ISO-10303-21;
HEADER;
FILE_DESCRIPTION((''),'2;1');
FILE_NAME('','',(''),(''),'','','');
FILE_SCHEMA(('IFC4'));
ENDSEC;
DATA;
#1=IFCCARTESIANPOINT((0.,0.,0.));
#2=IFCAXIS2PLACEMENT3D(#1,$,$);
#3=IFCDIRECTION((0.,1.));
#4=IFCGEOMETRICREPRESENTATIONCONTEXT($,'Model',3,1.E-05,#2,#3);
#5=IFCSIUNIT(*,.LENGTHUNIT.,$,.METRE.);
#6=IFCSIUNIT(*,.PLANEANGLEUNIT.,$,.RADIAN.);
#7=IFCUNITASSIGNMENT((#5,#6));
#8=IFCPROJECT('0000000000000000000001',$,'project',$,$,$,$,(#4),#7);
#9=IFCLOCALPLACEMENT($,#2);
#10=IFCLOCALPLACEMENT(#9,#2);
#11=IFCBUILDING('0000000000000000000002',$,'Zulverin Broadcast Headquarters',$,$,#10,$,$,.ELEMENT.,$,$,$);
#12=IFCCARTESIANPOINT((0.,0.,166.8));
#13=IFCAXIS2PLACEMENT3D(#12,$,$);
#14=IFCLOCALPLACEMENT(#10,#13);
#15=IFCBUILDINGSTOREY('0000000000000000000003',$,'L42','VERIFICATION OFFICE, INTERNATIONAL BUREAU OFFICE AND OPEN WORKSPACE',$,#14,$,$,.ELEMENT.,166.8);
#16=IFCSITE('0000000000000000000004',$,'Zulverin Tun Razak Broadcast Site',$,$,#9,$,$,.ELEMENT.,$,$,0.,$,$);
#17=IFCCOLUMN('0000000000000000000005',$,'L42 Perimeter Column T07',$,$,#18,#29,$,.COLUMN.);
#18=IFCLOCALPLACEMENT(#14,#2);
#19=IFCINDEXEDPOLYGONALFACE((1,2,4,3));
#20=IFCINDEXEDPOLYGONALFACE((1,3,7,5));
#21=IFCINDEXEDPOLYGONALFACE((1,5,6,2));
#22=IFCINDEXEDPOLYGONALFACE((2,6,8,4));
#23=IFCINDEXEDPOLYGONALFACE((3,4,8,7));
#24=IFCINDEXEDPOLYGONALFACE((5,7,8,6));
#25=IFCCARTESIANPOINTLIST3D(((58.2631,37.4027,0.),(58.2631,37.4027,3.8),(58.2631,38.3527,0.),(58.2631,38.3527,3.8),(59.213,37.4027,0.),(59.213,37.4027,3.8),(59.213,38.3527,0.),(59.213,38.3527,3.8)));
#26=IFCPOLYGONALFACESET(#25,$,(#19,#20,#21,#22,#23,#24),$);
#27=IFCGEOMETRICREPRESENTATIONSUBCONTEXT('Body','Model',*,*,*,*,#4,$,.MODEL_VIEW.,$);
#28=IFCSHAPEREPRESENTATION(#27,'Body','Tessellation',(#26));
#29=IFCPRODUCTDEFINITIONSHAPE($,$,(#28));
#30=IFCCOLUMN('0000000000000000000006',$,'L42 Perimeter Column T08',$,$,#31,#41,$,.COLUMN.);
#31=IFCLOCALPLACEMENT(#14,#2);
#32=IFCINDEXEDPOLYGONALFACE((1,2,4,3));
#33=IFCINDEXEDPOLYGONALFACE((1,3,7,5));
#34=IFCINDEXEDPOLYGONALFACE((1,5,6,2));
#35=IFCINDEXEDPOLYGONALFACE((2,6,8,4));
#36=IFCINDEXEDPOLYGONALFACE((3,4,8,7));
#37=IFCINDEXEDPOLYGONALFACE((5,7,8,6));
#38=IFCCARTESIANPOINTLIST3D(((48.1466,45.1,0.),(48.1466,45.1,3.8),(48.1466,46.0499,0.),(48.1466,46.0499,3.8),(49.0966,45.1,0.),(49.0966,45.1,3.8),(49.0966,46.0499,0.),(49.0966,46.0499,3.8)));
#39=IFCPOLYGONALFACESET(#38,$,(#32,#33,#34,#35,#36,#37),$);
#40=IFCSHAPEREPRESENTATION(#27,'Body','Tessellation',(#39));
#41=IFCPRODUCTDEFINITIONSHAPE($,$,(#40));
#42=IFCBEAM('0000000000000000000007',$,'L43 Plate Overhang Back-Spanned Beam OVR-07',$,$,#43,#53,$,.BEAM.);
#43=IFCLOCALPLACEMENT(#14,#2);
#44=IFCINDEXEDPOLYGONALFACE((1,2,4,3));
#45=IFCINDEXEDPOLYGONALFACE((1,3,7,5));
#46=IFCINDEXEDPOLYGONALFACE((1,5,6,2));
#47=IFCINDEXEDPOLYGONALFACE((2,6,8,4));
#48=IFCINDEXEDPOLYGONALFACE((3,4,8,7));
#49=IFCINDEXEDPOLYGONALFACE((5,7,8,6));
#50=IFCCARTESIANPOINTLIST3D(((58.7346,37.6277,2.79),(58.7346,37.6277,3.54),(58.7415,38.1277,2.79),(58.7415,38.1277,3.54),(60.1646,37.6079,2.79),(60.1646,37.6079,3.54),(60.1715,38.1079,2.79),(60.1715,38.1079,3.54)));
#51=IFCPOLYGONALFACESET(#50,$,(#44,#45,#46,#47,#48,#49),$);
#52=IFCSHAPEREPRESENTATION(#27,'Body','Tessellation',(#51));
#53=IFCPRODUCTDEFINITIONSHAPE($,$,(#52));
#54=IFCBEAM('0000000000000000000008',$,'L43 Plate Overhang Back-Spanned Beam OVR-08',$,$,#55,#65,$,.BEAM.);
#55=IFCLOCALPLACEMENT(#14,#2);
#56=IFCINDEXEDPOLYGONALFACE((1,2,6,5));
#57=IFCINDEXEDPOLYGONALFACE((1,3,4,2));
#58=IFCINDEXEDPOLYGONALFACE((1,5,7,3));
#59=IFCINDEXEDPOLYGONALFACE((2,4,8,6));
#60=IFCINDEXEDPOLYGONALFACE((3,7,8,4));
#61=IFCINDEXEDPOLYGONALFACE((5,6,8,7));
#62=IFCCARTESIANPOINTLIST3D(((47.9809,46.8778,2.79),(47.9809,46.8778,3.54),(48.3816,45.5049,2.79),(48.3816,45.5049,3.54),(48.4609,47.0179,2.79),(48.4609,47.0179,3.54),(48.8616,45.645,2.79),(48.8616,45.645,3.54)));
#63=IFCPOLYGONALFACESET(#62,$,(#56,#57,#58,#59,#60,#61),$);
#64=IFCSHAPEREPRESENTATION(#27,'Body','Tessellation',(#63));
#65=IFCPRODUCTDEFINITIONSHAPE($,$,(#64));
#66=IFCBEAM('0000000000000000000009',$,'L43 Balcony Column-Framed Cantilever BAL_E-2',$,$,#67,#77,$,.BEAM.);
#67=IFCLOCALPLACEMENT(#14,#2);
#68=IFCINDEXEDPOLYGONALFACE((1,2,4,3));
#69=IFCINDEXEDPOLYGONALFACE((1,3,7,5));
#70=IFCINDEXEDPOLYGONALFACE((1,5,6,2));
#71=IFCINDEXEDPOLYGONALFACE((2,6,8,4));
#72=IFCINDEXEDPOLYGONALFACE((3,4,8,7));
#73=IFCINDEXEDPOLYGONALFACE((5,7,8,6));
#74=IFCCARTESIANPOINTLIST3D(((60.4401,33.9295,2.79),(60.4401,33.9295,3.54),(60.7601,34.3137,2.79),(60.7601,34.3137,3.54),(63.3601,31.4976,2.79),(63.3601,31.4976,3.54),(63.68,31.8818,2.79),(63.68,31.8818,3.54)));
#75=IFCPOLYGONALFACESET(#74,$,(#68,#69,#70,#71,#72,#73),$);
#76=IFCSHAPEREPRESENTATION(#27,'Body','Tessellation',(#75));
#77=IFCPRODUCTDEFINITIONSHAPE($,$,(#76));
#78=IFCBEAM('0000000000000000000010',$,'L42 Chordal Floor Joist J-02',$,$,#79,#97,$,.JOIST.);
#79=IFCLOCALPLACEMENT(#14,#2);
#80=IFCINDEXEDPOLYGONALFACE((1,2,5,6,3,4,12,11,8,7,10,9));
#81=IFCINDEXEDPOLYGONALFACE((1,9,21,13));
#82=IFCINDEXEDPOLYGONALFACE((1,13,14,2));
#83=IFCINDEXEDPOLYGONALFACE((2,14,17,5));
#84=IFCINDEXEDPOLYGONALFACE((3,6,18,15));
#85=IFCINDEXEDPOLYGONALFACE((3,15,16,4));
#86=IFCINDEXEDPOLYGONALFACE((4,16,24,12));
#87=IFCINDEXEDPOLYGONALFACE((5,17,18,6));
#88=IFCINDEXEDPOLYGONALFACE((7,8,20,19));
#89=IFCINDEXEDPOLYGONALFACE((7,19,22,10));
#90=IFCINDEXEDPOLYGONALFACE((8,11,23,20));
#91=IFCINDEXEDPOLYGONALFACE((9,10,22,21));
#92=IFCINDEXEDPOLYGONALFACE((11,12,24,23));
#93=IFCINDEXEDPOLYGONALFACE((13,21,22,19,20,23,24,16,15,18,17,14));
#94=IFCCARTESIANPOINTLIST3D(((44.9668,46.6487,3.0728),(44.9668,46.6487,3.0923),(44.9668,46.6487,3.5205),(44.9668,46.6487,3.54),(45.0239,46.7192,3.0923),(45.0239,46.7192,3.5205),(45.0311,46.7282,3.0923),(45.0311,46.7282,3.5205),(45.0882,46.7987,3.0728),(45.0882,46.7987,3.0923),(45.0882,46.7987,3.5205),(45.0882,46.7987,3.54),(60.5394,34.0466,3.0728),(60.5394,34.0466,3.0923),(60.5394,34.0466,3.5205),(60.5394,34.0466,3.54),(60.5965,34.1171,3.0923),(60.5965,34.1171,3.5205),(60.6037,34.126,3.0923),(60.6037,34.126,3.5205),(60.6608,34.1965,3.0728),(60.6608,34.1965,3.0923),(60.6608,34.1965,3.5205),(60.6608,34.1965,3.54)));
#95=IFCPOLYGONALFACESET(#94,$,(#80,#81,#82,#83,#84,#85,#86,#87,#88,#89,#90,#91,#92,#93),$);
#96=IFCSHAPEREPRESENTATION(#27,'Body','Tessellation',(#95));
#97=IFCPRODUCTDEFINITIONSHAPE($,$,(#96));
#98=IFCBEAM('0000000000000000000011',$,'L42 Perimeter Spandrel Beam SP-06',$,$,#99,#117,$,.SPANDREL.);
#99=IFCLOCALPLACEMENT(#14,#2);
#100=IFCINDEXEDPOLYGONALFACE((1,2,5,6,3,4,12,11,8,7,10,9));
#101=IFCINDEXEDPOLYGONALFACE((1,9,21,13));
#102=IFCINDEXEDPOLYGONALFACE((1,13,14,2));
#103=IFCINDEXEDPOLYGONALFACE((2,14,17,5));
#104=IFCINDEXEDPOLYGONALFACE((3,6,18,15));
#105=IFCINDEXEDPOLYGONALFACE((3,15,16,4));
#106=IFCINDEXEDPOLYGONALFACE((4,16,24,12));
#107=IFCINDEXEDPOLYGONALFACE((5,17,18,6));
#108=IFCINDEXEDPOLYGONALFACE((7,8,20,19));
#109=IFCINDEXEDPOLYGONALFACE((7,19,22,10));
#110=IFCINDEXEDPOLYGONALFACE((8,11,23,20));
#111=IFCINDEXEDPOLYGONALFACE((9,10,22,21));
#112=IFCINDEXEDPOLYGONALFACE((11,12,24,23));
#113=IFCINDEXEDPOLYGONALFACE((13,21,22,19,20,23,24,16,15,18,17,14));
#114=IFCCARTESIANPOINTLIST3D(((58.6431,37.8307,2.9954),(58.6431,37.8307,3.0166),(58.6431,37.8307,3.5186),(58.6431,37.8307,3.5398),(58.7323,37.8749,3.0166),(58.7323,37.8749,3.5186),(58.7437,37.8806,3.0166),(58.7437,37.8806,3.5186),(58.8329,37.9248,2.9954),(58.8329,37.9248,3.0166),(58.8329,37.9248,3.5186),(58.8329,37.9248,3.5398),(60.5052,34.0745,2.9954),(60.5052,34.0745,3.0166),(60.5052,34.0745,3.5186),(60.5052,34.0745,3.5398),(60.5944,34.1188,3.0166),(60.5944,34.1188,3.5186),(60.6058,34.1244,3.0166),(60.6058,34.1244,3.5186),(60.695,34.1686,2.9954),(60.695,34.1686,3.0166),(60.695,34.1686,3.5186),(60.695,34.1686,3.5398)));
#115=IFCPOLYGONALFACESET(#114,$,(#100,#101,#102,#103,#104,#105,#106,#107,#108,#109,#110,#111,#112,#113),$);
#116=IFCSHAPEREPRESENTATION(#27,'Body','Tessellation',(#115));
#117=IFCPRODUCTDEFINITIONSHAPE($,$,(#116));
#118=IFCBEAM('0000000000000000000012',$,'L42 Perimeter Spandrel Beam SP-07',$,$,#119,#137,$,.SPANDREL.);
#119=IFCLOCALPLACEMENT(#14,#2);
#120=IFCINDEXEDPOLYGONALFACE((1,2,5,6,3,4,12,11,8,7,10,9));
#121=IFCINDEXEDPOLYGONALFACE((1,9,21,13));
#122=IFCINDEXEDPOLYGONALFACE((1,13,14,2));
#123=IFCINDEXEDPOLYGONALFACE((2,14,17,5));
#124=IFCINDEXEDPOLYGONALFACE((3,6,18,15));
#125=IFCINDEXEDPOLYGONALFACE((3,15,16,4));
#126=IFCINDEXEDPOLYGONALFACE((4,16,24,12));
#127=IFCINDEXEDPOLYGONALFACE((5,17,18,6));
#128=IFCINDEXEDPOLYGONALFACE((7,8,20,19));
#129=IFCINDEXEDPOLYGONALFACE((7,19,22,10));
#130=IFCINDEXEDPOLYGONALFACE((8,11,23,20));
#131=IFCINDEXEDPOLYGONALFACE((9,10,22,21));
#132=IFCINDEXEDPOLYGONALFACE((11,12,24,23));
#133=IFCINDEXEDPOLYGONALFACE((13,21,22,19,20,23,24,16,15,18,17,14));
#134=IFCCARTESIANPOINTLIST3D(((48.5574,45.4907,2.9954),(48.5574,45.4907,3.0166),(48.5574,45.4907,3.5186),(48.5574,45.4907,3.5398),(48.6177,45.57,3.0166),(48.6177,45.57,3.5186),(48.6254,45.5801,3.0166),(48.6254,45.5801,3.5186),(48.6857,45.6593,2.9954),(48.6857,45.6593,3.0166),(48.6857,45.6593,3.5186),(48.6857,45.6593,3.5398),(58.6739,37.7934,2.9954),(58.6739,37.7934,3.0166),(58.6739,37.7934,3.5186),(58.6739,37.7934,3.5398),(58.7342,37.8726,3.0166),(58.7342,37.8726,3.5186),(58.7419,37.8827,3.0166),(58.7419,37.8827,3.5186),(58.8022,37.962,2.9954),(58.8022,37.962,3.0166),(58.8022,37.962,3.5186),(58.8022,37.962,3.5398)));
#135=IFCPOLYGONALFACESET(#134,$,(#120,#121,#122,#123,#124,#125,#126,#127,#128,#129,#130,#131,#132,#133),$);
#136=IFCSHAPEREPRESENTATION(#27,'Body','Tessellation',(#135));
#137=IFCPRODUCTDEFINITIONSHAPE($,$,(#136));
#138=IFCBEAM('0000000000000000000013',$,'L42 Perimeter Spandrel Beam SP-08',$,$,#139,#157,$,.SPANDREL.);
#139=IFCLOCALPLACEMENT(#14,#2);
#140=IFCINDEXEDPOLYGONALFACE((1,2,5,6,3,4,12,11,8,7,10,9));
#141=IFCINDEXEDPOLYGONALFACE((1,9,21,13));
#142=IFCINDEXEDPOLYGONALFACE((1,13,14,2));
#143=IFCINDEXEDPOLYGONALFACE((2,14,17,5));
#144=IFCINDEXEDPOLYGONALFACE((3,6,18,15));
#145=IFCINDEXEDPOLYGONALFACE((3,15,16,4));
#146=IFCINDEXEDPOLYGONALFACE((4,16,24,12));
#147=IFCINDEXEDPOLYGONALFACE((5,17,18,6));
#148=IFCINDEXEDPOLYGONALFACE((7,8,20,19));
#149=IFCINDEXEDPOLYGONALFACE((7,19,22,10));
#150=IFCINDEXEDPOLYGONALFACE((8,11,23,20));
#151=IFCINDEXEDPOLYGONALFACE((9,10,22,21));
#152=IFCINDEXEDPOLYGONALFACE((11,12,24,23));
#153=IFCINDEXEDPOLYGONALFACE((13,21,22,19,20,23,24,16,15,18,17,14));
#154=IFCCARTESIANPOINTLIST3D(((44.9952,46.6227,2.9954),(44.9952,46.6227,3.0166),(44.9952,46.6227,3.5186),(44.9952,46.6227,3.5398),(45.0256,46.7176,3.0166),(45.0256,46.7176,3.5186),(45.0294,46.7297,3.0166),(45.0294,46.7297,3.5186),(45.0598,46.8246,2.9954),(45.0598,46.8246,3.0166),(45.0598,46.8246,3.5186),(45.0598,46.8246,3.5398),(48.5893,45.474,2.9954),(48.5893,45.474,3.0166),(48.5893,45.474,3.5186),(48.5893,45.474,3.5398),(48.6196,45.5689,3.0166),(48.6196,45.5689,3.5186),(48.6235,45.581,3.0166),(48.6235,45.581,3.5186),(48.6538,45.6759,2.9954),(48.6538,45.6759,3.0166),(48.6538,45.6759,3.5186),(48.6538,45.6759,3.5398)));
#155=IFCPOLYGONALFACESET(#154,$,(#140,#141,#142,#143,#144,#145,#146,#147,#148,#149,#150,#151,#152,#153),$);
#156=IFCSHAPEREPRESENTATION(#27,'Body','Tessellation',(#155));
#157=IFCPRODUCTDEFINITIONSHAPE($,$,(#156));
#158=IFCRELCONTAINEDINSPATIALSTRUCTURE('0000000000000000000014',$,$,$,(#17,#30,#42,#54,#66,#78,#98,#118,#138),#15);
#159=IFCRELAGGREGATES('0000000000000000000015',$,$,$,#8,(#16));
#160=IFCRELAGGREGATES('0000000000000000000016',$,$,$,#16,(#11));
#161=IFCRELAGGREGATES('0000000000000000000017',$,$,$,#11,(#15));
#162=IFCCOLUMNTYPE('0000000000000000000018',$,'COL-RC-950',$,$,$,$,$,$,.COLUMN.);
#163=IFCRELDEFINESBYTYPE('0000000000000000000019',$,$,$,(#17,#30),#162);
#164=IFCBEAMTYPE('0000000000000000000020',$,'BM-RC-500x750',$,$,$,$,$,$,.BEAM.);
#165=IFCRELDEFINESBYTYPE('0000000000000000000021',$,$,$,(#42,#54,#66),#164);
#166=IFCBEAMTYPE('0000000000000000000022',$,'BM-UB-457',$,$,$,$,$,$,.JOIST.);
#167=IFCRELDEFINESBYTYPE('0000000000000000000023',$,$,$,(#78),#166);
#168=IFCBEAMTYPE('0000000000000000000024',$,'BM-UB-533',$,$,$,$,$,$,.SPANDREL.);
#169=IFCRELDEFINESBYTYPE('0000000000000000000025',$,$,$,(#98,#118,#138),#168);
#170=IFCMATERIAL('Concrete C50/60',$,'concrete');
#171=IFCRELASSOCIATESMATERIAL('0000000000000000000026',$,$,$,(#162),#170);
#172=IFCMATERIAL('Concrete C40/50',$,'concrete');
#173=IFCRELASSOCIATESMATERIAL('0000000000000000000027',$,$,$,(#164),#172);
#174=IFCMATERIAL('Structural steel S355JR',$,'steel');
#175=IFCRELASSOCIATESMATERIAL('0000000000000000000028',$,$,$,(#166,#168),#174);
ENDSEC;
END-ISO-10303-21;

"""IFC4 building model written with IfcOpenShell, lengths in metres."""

from ifc_helpers import new_model, si_unit, direction, frame, origin, origin_2d, place, context, subcontext, project, spatial, rectangle, i_section, extrude, material, material_profile, profile_set, type_object, element, save


model = new_model("IFC4")

# Units and contexts
model_context = context("Model", 3, precision=1e-05, world=origin(), true_north=direction((0.0, 1.0)))
body_context = subcontext(model_context, "Body", "Model", "MODEL_VIEW")
ifc_project = project(units=[si_unit("LENGTHUNIT", "METRE"), si_unit("PLANEANGLEUNIT", "RADIAN")], contexts=[model_context])

# Site, building, storey
site_placement = place(None, origin())
site = spatial("IfcSite", under=ifc_project, at=site_placement, Name="Zulverin Tun Razak Broadcast Site", CompositionType="ELEMENT", RefElevation=0.0)
building_placement = place(site_placement, origin())
building = spatial("IfcBuilding", under=site, at=building_placement, Name="Zulverin Broadcast Headquarters", CompositionType="ELEMENT")
storey_placement = place(building_placement, frame((0.0, 0.0, 166.8)))
storey = spatial("IfcBuildingStorey", under=building, at=storey_placement, Name="L42", Description="VERIFICATION OFFICE, INTERNATIONAL BUREAU OFFICE AND OPEN WORKSPACE", CompositionType="ELEMENT", Elevation=166.8)

# Columns
ifc_material_1 = material(Name="Concrete C50/60", Category="concrete")
ifc_material_profile_1 = material_profile(ifc_material_1, rectangle(XDim=0.95, YDim=0.95, at=origin_2d()), Name="Concrete C50/60", Category="concrete")
ifc_profile_set_1 = profile_set([ifc_material_profile_1], Name="Concrete C50/60")
column_type = type_object("IfcColumnType", Name="COL-RC-950", PredefinedType="COLUMN", material=ifc_profile_set_1)
for number, where, z_axis, x_axis, name in (
    (1, (58.738, 37.8777, 0.0), (0.0, 0.0, 1.0), (1.0, 0.0, 0.0), "L42 Perimeter Column T07"),
    (2, (48.6216, 45.575, 0.0), (0.0, 0.0, 1.0), (1.0, 0.0, 0.0), "L42 Perimeter Column T08"),
):
    element("IfcColumn", number, at=place(storey_placement, frame(where, z_axis=z_axis, x_axis=x_axis)), inside=storey, type_object=column_type, Name=name, PredefinedType="COLUMN", context=body_context, shape_type="SweptSolid", body=[
        extrude(rectangle(XDim=0.95, YDim=0.95, at=origin_2d()), origin(), (0.0, 0.0, 1.0), 3.8),
    ])

# Beams
ifc_material_2 = material(Name="Concrete C40/50", Category="concrete")
ifc_material_profile_2 = material_profile(ifc_material_2, rectangle(XDim=0.5, YDim=0.75, at=origin_2d()), Name="Concrete C40/50", Category="concrete")
ifc_profile_set_2 = profile_set([ifc_material_profile_2], Name="Concrete C40/50")
beam_type_1 = type_object("IfcBeamType", Name="BM-RC-500x750", PredefinedType="BEAM", material=ifc_profile_set_2)
for number, where, z_axis, x_axis, name in (
    (3, (58.738, 37.8777, 3.165), (0.999904, -0.013828, 0.0), (0.013828, 0.999904, 0.0), "L43 Plate Overhang Back-Spanned Beam OVR-07"),
    (4, (48.6216, 45.575, 3.165), (-0.280151, 0.959956, 0.0), (-0.959956, -0.280151, 0.0), "L43 Plate Overhang Back-Spanned Beam OVR-08"),
):
    element("IfcBeam", number, at=place(storey_placement, frame(where, z_axis=z_axis, x_axis=x_axis)), inside=storey, type_object=beam_type_1, Name=name, PredefinedType="BEAM", context=body_context, shape_type="SweptSolid", body=[
        extrude(rectangle(XDim=0.5, YDim=0.75, at=origin_2d()), origin(), (0.0, 0.0, 1.0), 1.4302),
    ])
beam_1_placement = place(storey_placement, frame((60.6001, 34.1216, 3.165), z_axis=(0.7684, -0.63997, 0.0), x_axis=(0.63997, 0.7684, 0.0)))
element("IfcBeam", 5, at=beam_1_placement, inside=storey, type_object=beam_type_1, Name="L43 Balcony Column-Framed Cantilever BAL_E-2", PredefinedType="BEAM", context=body_context, shape_type="SweptSolid", body=[
    extrude(rectangle(XDim=0.5, YDim=0.75, at=origin_2d()), origin(), (0.0, 0.0, 1.0), 3.8),
])
ifc_material_3 = material(Name="Structural steel S355JR", Category="steel")
ifc_material_profile_3 = material_profile(ifc_material_3, i_section(OverallWidth=0.1929, OverallDepth=0.4673, WebThickness=0.0115, FlangeThickness=0.0195, at=origin_2d()), Name="Structural steel S355JR", Category="steel")
ifc_profile_set_3 = profile_set([ifc_material_profile_3], Name="Structural steel S355JR")
beam_type_2 = type_object("IfcBeamType", Name="BM-UB-457", PredefinedType="JOIST", material=ifc_profile_set_3)
beam_2_placement = place(storey_placement, frame((60.6001, 34.1216, 3.3064), z_axis=(-0.777349, 0.62907, 0.0), x_axis=(-0.62907, -0.777349, 0.0)))
element("IfcBeam", 6, at=beam_2_placement, inside=storey, type_object=beam_type_2, Name="L42 Chordal Floor Joist J-02", PredefinedType="JOIST", context=body_context, shape_type="SweptSolid", body=[
    extrude(i_section(OverallWidth=0.1929, OverallDepth=0.4673, WebThickness=0.0115, FlangeThickness=0.0195, at=origin_2d()), origin(), (0.0, 0.0, 1.0), 20.033),
])
ifc_material_profile_4 = material_profile(ifc_material_3, i_section(OverallWidth=0.2119, OverallDepth=0.5444, WebThickness=0.0127, FlangeThickness=0.0212, at=origin_2d()), Name="Structural steel S355JR", Category="steel")
ifc_profile_set_4 = profile_set([ifc_material_profile_4], Name="Structural steel S355JR")
beam_type_3 = type_object("IfcBeamType", Name="BM-UB-533", PredefinedType="SPANDREL", material=ifc_profile_set_4)
beam_3_placement = place(storey_placement, frame((60.6001, 34.1216, 3.2676), z_axis=(-0.444159, 0.895948, 0.0), x_axis=(-0.895948, -0.444159, 0.0)))
element("IfcBeam", 7, at=beam_3_placement, inside=storey, type_object=beam_type_3, Name="L42 Perimeter Spandrel Beam SP-06", PredefinedType="SPANDREL", context=body_context, shape_type="SweptSolid", body=[
    extrude(i_section(OverallWidth=0.2119, OverallDepth=0.5444, WebThickness=0.0127, FlangeThickness=0.0212, at=origin_2d()), origin(), (0.0, 0.0, 1.0), 4.1924),
])
beam_4_placement = place(storey_placement, frame((58.738, 37.8777, 3.2676), z_axis=(-0.79583, 0.60552, 0.0), x_axis=(-0.60552, -0.79583, 0.0)))
element("IfcBeam", 8, at=beam_4_placement, inside=storey, type_object=beam_type_3, Name="L42 Perimeter Spandrel Beam SP-07", PredefinedType="SPANDREL", context=body_context, shape_type="SweptSolid", body=[
    extrude(i_section(OverallWidth=0.2119, OverallDepth=0.5444, WebThickness=0.0127, FlangeThickness=0.0212, at=origin_2d()), origin(), (0.0, 0.0, 1.0), 12.7119),
])
beam_5_placement = place(storey_placement, frame((48.6216, 45.575, 3.2676), z_axis=(-0.952532, 0.30444, 0.0), x_axis=(-0.30444, -0.952532, 0.0)))
element("IfcBeam", 9, at=beam_5_placement, inside=storey, type_object=beam_type_3, Name="L42 Perimeter Spandrel Beam SP-08", PredefinedType="SPANDREL", context=body_context, shape_type="SweptSolid", body=[
    extrude(i_section(OverallWidth=0.2119, OverallDepth=0.5444, WebThickness=0.0127, FlangeThickness=0.0212, at=origin_2d()), origin(), (0.0, 0.0, 1.0), 3.7732),
])

save(model, "model.ifc")
